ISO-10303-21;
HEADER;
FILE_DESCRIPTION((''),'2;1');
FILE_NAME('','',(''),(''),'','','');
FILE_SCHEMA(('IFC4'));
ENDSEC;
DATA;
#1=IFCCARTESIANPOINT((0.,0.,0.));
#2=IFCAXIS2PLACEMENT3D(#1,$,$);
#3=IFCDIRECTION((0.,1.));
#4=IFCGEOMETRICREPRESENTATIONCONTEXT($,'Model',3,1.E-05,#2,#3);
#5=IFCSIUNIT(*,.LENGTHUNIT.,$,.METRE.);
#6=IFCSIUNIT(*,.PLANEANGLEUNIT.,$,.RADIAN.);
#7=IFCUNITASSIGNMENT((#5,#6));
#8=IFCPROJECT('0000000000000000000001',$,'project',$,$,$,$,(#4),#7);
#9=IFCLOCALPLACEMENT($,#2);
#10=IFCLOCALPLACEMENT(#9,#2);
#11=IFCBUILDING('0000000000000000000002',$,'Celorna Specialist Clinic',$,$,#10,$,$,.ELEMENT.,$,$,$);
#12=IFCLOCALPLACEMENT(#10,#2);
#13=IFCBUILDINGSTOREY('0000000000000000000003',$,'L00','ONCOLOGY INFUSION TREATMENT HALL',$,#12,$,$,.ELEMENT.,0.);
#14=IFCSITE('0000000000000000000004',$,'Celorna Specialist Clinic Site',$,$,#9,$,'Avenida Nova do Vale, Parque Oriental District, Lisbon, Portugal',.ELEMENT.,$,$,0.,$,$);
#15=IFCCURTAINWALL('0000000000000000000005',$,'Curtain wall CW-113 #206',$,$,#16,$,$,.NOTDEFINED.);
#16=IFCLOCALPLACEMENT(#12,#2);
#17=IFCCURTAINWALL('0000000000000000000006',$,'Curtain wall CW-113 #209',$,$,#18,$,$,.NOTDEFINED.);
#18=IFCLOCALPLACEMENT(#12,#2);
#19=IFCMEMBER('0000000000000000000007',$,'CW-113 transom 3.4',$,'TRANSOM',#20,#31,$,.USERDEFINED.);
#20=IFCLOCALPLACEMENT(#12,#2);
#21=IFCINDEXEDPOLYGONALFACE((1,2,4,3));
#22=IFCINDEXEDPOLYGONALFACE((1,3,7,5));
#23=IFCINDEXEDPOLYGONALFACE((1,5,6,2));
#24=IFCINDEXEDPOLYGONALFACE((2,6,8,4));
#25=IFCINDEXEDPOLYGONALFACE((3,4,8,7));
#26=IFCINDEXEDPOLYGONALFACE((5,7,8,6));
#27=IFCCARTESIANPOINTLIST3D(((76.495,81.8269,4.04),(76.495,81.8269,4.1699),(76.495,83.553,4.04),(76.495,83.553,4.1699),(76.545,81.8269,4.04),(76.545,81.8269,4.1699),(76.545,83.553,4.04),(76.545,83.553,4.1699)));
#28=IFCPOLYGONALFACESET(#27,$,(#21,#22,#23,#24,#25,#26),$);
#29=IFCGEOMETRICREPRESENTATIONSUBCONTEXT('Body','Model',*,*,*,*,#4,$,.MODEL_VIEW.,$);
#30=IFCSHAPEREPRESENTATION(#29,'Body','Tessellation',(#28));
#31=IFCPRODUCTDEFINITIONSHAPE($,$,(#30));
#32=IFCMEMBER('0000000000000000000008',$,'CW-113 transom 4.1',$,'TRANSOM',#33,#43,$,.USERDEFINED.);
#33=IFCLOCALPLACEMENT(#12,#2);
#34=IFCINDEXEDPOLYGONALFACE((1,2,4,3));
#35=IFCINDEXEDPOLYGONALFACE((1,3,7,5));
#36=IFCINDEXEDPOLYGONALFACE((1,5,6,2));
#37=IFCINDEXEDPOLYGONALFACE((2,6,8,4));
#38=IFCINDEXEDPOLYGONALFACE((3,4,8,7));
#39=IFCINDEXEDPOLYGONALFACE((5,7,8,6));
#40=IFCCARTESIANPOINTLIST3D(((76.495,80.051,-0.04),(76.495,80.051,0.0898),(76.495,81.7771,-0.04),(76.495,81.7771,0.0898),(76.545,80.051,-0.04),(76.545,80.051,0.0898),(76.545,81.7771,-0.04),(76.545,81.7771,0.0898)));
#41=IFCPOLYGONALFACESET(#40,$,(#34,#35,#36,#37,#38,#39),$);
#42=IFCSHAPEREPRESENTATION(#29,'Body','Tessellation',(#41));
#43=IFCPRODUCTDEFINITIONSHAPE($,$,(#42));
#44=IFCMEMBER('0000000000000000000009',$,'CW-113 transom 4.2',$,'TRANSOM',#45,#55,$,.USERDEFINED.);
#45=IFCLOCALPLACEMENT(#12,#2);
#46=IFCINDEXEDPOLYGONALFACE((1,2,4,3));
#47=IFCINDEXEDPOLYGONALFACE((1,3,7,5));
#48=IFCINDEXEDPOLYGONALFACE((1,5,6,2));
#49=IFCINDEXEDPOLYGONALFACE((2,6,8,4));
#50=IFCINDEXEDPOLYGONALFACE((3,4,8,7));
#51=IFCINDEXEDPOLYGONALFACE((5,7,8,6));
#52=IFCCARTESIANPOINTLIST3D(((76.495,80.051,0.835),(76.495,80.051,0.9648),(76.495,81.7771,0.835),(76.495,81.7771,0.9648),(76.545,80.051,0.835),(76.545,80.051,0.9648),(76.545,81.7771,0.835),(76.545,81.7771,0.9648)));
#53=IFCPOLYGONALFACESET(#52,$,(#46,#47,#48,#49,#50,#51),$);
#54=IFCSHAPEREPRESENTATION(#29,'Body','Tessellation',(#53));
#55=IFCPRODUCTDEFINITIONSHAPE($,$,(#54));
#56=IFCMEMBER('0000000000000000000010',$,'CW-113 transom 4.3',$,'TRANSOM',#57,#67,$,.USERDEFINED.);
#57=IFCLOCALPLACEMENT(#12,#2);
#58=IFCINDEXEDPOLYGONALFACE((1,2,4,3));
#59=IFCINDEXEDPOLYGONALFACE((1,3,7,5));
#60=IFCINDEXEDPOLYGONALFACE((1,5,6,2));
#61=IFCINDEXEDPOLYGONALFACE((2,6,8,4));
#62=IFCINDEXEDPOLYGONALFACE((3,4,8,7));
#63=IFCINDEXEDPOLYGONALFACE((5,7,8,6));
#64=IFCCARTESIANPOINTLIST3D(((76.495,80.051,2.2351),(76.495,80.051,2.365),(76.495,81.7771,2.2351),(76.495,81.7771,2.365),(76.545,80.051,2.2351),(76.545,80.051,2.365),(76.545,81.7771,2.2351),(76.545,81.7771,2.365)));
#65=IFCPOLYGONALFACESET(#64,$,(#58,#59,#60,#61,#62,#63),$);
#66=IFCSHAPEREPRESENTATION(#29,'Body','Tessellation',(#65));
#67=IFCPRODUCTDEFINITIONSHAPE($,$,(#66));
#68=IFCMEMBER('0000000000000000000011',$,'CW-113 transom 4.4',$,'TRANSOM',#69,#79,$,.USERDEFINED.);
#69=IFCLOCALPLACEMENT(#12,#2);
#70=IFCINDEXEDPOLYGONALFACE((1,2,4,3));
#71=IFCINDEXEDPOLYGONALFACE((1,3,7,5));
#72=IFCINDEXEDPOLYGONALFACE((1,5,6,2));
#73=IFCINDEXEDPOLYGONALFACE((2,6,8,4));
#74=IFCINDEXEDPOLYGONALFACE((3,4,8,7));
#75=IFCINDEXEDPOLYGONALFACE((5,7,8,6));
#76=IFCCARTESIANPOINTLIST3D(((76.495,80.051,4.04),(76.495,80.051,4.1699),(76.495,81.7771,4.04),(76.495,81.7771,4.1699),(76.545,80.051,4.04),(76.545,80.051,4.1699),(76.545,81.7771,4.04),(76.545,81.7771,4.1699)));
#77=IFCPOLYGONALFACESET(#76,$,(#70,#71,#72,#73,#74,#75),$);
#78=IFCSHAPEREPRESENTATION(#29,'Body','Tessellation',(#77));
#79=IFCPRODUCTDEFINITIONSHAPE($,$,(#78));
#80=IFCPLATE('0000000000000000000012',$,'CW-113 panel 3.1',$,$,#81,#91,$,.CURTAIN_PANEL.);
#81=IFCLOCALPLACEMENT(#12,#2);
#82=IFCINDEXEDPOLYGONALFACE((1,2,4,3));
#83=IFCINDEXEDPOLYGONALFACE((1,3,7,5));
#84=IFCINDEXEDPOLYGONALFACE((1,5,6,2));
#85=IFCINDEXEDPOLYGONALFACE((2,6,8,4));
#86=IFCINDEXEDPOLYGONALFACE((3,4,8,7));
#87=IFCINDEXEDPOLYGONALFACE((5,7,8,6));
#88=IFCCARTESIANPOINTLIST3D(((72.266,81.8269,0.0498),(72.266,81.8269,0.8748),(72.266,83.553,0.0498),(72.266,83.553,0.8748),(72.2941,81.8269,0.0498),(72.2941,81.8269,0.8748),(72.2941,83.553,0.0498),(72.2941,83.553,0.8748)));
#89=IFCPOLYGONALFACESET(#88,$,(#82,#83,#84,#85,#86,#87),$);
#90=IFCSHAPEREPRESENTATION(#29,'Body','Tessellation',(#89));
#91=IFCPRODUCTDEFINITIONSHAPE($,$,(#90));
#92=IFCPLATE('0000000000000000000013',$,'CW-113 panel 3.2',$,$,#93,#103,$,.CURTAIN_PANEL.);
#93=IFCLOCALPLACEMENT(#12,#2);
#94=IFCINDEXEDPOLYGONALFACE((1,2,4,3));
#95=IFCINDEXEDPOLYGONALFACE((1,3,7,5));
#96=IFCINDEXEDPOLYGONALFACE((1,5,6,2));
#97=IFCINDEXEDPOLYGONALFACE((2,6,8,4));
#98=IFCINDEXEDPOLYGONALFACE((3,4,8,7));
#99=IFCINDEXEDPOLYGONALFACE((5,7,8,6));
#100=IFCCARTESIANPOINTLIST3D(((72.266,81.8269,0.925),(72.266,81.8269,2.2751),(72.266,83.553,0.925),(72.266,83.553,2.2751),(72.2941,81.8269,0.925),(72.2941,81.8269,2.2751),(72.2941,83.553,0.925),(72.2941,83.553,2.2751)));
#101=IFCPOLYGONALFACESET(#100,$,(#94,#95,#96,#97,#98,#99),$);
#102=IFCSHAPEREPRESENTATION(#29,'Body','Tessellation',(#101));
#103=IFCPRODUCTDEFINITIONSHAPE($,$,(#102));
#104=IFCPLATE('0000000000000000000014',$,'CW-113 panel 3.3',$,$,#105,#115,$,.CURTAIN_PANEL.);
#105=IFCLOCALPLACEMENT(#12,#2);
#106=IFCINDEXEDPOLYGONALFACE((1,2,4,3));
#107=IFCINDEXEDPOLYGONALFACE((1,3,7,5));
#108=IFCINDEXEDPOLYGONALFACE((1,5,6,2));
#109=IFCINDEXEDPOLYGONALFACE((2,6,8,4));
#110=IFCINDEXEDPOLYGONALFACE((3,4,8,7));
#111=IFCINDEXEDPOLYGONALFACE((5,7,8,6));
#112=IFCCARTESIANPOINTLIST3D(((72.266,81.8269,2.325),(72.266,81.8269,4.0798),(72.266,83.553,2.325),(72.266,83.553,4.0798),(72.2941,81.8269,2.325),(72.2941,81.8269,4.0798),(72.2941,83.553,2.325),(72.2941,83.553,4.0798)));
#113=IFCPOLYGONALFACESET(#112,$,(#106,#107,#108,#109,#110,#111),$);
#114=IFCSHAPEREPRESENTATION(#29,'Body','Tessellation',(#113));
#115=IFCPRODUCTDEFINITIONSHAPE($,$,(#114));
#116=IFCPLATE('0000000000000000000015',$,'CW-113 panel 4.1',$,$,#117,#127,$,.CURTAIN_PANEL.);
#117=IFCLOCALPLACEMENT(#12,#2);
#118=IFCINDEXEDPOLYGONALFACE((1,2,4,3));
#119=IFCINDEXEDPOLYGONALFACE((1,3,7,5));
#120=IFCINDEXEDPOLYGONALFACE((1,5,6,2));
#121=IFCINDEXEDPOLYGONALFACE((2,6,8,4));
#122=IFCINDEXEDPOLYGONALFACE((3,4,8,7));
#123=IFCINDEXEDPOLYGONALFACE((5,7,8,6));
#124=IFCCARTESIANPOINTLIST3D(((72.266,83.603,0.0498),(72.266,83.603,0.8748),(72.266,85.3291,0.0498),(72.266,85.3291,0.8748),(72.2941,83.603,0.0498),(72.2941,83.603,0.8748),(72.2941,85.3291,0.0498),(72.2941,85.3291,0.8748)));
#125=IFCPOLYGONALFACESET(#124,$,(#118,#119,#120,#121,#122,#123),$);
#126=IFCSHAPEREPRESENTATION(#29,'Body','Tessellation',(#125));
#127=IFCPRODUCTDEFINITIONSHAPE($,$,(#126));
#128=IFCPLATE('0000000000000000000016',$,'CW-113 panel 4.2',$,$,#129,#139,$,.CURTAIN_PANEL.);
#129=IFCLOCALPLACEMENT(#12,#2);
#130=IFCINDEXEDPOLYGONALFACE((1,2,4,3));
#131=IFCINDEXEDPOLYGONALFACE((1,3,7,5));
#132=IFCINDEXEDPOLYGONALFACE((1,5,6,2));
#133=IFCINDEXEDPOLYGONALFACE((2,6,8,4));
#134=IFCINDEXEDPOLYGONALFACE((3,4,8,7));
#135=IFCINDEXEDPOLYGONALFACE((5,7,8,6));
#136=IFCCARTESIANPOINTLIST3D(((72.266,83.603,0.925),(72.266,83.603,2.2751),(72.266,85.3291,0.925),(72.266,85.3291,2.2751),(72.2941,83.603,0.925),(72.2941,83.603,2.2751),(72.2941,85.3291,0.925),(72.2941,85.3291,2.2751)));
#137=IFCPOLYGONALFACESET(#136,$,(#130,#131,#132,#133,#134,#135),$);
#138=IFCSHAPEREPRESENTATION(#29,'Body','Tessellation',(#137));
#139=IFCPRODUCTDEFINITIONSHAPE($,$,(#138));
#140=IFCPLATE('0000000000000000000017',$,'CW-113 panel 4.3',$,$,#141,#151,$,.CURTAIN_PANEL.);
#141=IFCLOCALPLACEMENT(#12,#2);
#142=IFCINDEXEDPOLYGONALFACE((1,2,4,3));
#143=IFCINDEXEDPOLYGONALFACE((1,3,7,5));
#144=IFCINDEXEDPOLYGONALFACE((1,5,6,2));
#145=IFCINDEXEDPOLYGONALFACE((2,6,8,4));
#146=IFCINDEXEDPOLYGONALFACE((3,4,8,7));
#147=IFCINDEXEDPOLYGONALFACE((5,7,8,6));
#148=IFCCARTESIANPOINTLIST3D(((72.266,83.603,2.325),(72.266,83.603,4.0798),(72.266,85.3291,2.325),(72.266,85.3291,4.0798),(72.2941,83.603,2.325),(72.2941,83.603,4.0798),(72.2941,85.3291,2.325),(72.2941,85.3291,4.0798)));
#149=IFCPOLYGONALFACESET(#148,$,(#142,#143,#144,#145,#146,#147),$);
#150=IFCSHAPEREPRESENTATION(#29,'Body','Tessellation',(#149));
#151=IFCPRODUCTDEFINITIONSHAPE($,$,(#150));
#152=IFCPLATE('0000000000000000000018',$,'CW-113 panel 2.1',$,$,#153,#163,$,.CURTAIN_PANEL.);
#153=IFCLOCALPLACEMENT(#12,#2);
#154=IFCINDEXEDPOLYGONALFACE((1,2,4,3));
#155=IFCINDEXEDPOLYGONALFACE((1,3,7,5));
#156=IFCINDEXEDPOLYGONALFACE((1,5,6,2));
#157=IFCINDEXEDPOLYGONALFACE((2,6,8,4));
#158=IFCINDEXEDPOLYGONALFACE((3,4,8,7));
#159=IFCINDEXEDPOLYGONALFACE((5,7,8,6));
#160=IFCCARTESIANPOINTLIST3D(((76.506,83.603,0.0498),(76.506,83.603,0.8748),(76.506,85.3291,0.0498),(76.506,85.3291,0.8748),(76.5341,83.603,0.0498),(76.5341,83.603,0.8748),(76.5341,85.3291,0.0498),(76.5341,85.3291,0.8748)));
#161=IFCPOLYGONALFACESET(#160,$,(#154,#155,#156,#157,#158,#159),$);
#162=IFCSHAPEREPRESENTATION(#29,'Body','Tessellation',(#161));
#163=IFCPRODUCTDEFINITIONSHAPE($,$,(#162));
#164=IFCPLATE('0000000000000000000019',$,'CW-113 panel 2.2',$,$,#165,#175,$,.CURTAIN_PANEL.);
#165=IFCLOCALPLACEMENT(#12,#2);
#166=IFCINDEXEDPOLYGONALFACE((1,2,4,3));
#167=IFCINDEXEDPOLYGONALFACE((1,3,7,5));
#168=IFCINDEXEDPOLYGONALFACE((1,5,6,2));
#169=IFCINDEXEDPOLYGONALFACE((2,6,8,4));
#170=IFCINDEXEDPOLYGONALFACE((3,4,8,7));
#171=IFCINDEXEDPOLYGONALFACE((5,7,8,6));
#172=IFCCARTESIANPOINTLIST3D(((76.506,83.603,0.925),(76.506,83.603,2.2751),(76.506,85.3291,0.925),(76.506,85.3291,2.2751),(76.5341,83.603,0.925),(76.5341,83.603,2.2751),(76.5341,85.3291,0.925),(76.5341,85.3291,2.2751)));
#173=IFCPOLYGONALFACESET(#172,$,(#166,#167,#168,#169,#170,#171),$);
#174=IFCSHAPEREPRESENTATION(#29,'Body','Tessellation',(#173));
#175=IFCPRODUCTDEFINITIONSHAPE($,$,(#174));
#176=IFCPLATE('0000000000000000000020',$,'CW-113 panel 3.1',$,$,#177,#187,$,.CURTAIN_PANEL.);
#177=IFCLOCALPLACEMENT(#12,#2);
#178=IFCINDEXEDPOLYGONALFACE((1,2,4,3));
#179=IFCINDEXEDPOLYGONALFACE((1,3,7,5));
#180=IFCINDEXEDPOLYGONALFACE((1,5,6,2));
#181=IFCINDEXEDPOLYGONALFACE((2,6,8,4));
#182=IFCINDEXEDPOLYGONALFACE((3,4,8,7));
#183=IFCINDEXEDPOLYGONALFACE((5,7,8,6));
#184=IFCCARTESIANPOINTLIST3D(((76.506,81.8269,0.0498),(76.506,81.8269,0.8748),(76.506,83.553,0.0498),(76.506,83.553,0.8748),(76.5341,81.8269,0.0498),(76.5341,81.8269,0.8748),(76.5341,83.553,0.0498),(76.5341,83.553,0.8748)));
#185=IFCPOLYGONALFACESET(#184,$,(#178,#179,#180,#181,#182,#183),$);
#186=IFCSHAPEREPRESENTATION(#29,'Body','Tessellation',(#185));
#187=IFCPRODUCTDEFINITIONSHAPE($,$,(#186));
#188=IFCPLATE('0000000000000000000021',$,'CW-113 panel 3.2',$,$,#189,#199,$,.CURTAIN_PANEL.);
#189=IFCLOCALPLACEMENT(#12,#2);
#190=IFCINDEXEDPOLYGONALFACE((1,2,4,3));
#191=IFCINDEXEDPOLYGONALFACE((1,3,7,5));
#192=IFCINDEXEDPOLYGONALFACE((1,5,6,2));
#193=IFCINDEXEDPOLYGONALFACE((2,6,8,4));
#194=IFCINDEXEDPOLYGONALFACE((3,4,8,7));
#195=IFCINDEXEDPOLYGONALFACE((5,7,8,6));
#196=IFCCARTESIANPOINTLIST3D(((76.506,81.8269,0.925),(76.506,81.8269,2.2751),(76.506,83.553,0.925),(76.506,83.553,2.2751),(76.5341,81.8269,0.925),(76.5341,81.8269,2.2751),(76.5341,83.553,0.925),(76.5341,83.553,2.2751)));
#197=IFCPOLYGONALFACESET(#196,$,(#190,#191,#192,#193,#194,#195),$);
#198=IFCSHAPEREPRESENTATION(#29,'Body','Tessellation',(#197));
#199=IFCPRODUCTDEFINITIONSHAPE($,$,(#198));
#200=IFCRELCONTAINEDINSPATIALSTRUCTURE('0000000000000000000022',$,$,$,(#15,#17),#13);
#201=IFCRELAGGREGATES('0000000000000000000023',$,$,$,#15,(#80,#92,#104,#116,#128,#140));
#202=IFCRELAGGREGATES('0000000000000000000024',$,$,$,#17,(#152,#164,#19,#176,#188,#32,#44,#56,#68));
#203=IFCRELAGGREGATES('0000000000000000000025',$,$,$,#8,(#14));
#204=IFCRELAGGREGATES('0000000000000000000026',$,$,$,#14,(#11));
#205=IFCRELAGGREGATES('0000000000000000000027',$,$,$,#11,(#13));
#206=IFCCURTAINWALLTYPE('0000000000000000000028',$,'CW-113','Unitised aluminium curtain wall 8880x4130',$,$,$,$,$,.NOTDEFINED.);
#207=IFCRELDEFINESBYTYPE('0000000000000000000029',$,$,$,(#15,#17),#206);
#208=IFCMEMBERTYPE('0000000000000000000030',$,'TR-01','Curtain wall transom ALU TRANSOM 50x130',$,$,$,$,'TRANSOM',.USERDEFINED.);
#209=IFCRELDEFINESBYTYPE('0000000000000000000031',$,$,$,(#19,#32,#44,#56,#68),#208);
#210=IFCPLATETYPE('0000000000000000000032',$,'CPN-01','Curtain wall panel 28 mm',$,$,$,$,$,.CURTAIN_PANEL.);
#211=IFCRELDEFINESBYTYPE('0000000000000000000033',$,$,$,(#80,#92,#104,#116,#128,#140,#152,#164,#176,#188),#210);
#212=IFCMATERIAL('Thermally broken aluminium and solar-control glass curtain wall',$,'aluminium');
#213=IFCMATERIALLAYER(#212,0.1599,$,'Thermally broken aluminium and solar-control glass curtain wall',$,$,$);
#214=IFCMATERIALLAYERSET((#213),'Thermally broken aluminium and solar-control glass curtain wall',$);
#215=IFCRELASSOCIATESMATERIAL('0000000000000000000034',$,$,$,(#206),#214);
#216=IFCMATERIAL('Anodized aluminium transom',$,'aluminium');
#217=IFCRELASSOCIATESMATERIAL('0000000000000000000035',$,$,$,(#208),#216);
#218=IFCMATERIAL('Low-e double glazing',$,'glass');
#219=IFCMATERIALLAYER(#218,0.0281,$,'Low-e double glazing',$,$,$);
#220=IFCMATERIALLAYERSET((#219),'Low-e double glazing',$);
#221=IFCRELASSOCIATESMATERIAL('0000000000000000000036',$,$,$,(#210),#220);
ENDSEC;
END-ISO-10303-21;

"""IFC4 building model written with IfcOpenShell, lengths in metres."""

from ifc_helpers import new_model, si_unit, direction, frame, origin, origin_2d, place, context, subcontext, project, spatial, rectangle, extrude, material, layer, layer_set, material_profile, profile_set, type_object, element, aggregate, save


model = new_model("IFC4")

# Units and contexts
model_context = context("Model", 3, precision=1e-05, world=origin(), true_north=direction((0.0, 1.0)))
body_context = subcontext(model_context, "Body", "Model", "MODEL_VIEW")
ifc_project = project(units=[si_unit("LENGTHUNIT", "METRE"), si_unit("PLANEANGLEUNIT", "RADIAN")], contexts=[model_context])

# Site, building, storey
site_placement = place(None, origin())
site = spatial("IfcSite", under=ifc_project, at=site_placement, Name="Celorna Specialist Clinic Site", LongName="Avenida Nova do Vale, Parque Oriental District, Lisbon, Portugal", CompositionType="ELEMENT", RefElevation=0.0)
building_placement = place(site_placement, origin())
building = spatial("IfcBuilding", under=site, at=building_placement, Name="Celorna Specialist Clinic", CompositionType="ELEMENT")
storey_placement = place(building_placement, origin())
storey = spatial("IfcBuildingStorey", under=building, at=storey_placement, Name="L00", Description="ONCOLOGY INFUSION TREATMENT HALL", CompositionType="ELEMENT", Elevation=0.0)

# Curtain walls
ifc_material_1 = material(Name="Thermally broken aluminium and solar-control glass curtain wall", Category="aluminium")
ifc_layer_1 = layer(ifc_material_1, 0.1599, Name="Thermally broken aluminium and solar-control glass curtain wall")
ifc_layer_set_1 = layer_set([ifc_layer_1], Name="Thermally broken aluminium and solar-control glass curtain wall")
curtain_wall_type = type_object("IfcCurtainWallType", Name="CW-113", Description="Unitised aluminium curtain wall 8880x4130", PredefinedType="NOTDEFINED", material=ifc_layer_set_1)
curtain_wall_1_placement = place(storey_placement, origin())
curtain_wall_1 = element("IfcCurtainWall", 1, at=curtain_wall_1_placement, inside=storey, type_object=curtain_wall_type, Name="Curtain wall CW-113 #206", PredefinedType="NOTDEFINED")
curtain_wall_2_placement = place(storey_placement, origin())
curtain_wall_2 = element("IfcCurtainWall", 2, at=curtain_wall_2_placement, inside=storey, type_object=curtain_wall_type, Name="Curtain wall CW-113 #209", PredefinedType="NOTDEFINED")

# Members
ifc_material_2 = material(Name="Anodized aluminium transom", Category="aluminium")
ifc_material_profile_1 = material_profile(ifc_material_2, rectangle(XDim=0.05, YDim=0.1299, at=origin_2d()), Name="ALU TRANSOM 50x130")
ifc_profile_set_1 = profile_set([ifc_material_profile_1], Name="Anodized aluminium transom")
member_type_1 = type_object("IfcMemberType", Name="TR-01", Description="Curtain wall transom ALU TRANSOM 50x130", ElementType="TRANSOM", PredefinedType="USERDEFINED", material=ifc_profile_set_1)
member_1_placement = place(storey_placement, frame((76.52, 83.553, 4.105), z_axis=(0.0, -1.0, 0.0), x_axis=(1.0, 0.0, 0.0)))
member_1 = element("IfcMember", 3, at=member_1_placement, type_object=member_type_1, Name="CW-113 transom 3.4", ObjectType="TRANSOM", PredefinedType="USERDEFINED", context=body_context, shape_type="SweptSolid", body=[
    extrude(rectangle(XDim=0.05, YDim=0.1299, at=origin_2d()), origin(), (0.0, 0.0, 1.0), 1.7261),
])
member_2_placement = place(storey_placement, frame((76.52, 81.7771, 0.0249), z_axis=(0.0, -1.0, 0.0), x_axis=(1.0, 0.0, 0.0)))
member_2 = element("IfcMember", 4, at=member_2_placement, type_object=member_type_1, Name="CW-113 transom 4.1", ObjectType="TRANSOM", PredefinedType="USERDEFINED", context=body_context, shape_type="SweptSolid", body=[
    extrude(rectangle(XDim=0.05, YDim=0.1299, at=origin_2d()), origin(), (0.0, 0.0, 1.0), 1.7261),
])
member_3_placement = place(storey_placement, frame((76.52, 81.7771, 0.8999), z_axis=(0.0, -1.0, 0.0), x_axis=(1.0, 0.0, 0.0)))
member_3 = element("IfcMember", 5, at=member_3_placement, type_object=member_type_1, Name="CW-113 transom 4.2", ObjectType="TRANSOM", PredefinedType="USERDEFINED", context=body_context, shape_type="SweptSolid", body=[
    extrude(rectangle(XDim=0.05, YDim=0.1299, at=origin_2d()), origin(), (0.0, 0.0, 1.0), 1.7261),
])
member_4_placement = place(storey_placement, frame((76.52, 81.7771, 2.3), z_axis=(0.0, -1.0, 0.0), x_axis=(1.0, 0.0, 0.0)))
member_4 = element("IfcMember", 6, at=member_4_placement, type_object=member_type_1, Name="CW-113 transom 4.3", ObjectType="TRANSOM", PredefinedType="USERDEFINED", context=body_context, shape_type="SweptSolid", body=[
    extrude(rectangle(XDim=0.05, YDim=0.1299, at=origin_2d()), origin(), (0.0, 0.0, 1.0), 1.7261),
])
member_5_placement = place(storey_placement, frame((76.52, 81.7771, 4.105), z_axis=(0.0, -1.0, 0.0), x_axis=(1.0, 0.0, 0.0)))
member_5 = element("IfcMember", 7, at=member_5_placement, type_object=member_type_1, Name="CW-113 transom 4.4", ObjectType="TRANSOM", PredefinedType="USERDEFINED", context=body_context, shape_type="SweptSolid", body=[
    extrude(rectangle(XDim=0.05, YDim=0.1299, at=origin_2d()), origin(), (0.0, 0.0, 1.0), 1.7261),
])

# Plates
ifc_material_3 = material(Name="Low-e double glazing", Category="glass")
ifc_layer_2 = layer(ifc_material_3, 0.0281, Name="Low-e double glazing")
ifc_layer_set_2 = layer_set([ifc_layer_2], Name="Low-e double glazing")
plate_type = type_object("IfcPlateType", Name="CPN-01", Description="Curtain wall panel 28 mm", PredefinedType="CURTAIN_PANEL", material=ifc_layer_set_2)
plate_1_placement = place(storey_placement, frame((72.28, 82.6899, 0.0498), z_axis=(0.0, 0.0, 1.0), x_axis=(0.0, 1.0, 0.0)))
plate_1 = element("IfcPlate", 8, at=plate_1_placement, type_object=plate_type, Name="CW-113 panel 3.1", PredefinedType="CURTAIN_PANEL", context=body_context, shape_type="SweptSolid", body=[
    extrude(rectangle(XDim=1.7261, YDim=0.0281, at=origin_2d()), origin(), (0.0, 0.0, 1.0), 0.825),
])
plate_2_placement = place(storey_placement, frame((72.28, 82.6899, 0.925), z_axis=(0.0, 0.0, 1.0), x_axis=(0.0, 1.0, 0.0)))
plate_2 = element("IfcPlate", 9, at=plate_2_placement, type_object=plate_type, Name="CW-113 panel 3.2", PredefinedType="CURTAIN_PANEL", context=body_context, shape_type="SweptSolid", body=[
    extrude(rectangle(XDim=1.7261, YDim=0.0281, at=origin_2d()), origin(), (0.0, 0.0, 1.0), 1.3501),
])
plate_3_placement = place(storey_placement, frame((72.28, 82.6899, 2.325), z_axis=(0.0, 0.0, 1.0), x_axis=(0.0, 1.0, 0.0)))
plate_3 = element("IfcPlate", 10, at=plate_3_placement, type_object=plate_type, Name="CW-113 panel 3.3", PredefinedType="CURTAIN_PANEL", context=body_context, shape_type="SweptSolid", body=[
    extrude(rectangle(XDim=1.7261, YDim=0.0281, at=origin_2d()), origin(), (0.0, 0.0, 1.0), 1.7549),
])
plate_4_placement = place(storey_placement, frame((72.28, 84.4661, 0.0498), z_axis=(0.0, 0.0, 1.0), x_axis=(0.0, 1.0, 0.0)))
plate_4 = element("IfcPlate", 11, at=plate_4_placement, type_object=plate_type, Name="CW-113 panel 4.1", PredefinedType="CURTAIN_PANEL", context=body_context, shape_type="SweptSolid", body=[
    extrude(rectangle(XDim=1.7261, YDim=0.0281, at=origin_2d()), origin(), (0.0, 0.0, 1.0), 0.825),
])
plate_5_placement = place(storey_placement, frame((72.28, 84.4661, 0.925), z_axis=(0.0, 0.0, 1.0), x_axis=(0.0, 1.0, 0.0)))
plate_5 = element("IfcPlate", 12, at=plate_5_placement, type_object=plate_type, Name="CW-113 panel 4.2", PredefinedType="CURTAIN_PANEL", context=body_context, shape_type="SweptSolid", body=[
    extrude(rectangle(XDim=1.7261, YDim=0.0281, at=origin_2d()), origin(), (0.0, 0.0, 1.0), 1.3501),
])
plate_6_placement = place(storey_placement, frame((72.28, 84.4661, 2.325), z_axis=(0.0, 0.0, 1.0), x_axis=(0.0, 1.0, 0.0)))
plate_6 = element("IfcPlate", 13, at=plate_6_placement, type_object=plate_type, Name="CW-113 panel 4.3", PredefinedType="CURTAIN_PANEL", context=body_context, shape_type="SweptSolid", body=[
    extrude(rectangle(XDim=1.7261, YDim=0.0281, at=origin_2d()), origin(), (0.0, 0.0, 1.0), 1.7549),
])
aggregate(curtain_wall_1, [plate_1, plate_2, plate_3, plate_4, plate_5, plate_6])
plate_7_placement = place(storey_placement, frame((76.52, 84.4661, 0.0498), z_axis=(0.0, 0.0, 1.0), x_axis=(0.0, -1.0, 0.0)))
plate_7 = element("IfcPlate", 14, at=plate_7_placement, type_object=plate_type, Name="CW-113 panel 2.1", PredefinedType="CURTAIN_PANEL", context=body_context, shape_type="SweptSolid", body=[
    extrude(rectangle(XDim=1.7261, YDim=0.0281, at=origin_2d()), origin(), (0.0, 0.0, 1.0), 0.825),
])
plate_8_placement = place(storey_placement, frame((76.52, 84.4661, 0.925), z_axis=(0.0, 0.0, 1.0), x_axis=(0.0, -1.0, 0.0)))
plate_8 = element("IfcPlate", 15, at=plate_8_placement, type_object=plate_type, Name="CW-113 panel 2.2", PredefinedType="CURTAIN_PANEL", context=body_context, shape_type="SweptSolid", body=[
    extrude(rectangle(XDim=1.7261, YDim=0.0281, at=origin_2d()), origin(), (0.0, 0.0, 1.0), 1.3501),
])
plate_9_placement = place(storey_placement, frame((76.52, 82.6899, 0.0498), z_axis=(0.0, 0.0, 1.0), x_axis=(0.0, -1.0, 0.0)))
plate_9 = element("IfcPlate", 16, at=plate_9_placement, type_object=plate_type, Name="CW-113 panel 3.1", PredefinedType="CURTAIN_PANEL", context=body_context, shape_type="SweptSolid", body=[
    extrude(rectangle(XDim=1.7261, YDim=0.0281, at=origin_2d()), origin(), (0.0, 0.0, 1.0), 0.825),
])
plate_10_placement = place(storey_placement, frame((76.52, 82.6899, 0.925), z_axis=(0.0, 0.0, 1.0), x_axis=(0.0, -1.0, 0.0)))
plate_10 = element("IfcPlate", 17, at=plate_10_placement, type_object=plate_type, Name="CW-113 panel 3.2", PredefinedType="CURTAIN_PANEL", context=body_context, shape_type="SweptSolid", body=[
    extrude(rectangle(XDim=1.7261, YDim=0.0281, at=origin_2d()), origin(), (0.0, 0.0, 1.0), 1.3501),
])
aggregate(curtain_wall_2, [plate_7, plate_8, member_1, plate_9, plate_10, member_2, member_3, member_4, member_5])

save(model, "model.ifc")
